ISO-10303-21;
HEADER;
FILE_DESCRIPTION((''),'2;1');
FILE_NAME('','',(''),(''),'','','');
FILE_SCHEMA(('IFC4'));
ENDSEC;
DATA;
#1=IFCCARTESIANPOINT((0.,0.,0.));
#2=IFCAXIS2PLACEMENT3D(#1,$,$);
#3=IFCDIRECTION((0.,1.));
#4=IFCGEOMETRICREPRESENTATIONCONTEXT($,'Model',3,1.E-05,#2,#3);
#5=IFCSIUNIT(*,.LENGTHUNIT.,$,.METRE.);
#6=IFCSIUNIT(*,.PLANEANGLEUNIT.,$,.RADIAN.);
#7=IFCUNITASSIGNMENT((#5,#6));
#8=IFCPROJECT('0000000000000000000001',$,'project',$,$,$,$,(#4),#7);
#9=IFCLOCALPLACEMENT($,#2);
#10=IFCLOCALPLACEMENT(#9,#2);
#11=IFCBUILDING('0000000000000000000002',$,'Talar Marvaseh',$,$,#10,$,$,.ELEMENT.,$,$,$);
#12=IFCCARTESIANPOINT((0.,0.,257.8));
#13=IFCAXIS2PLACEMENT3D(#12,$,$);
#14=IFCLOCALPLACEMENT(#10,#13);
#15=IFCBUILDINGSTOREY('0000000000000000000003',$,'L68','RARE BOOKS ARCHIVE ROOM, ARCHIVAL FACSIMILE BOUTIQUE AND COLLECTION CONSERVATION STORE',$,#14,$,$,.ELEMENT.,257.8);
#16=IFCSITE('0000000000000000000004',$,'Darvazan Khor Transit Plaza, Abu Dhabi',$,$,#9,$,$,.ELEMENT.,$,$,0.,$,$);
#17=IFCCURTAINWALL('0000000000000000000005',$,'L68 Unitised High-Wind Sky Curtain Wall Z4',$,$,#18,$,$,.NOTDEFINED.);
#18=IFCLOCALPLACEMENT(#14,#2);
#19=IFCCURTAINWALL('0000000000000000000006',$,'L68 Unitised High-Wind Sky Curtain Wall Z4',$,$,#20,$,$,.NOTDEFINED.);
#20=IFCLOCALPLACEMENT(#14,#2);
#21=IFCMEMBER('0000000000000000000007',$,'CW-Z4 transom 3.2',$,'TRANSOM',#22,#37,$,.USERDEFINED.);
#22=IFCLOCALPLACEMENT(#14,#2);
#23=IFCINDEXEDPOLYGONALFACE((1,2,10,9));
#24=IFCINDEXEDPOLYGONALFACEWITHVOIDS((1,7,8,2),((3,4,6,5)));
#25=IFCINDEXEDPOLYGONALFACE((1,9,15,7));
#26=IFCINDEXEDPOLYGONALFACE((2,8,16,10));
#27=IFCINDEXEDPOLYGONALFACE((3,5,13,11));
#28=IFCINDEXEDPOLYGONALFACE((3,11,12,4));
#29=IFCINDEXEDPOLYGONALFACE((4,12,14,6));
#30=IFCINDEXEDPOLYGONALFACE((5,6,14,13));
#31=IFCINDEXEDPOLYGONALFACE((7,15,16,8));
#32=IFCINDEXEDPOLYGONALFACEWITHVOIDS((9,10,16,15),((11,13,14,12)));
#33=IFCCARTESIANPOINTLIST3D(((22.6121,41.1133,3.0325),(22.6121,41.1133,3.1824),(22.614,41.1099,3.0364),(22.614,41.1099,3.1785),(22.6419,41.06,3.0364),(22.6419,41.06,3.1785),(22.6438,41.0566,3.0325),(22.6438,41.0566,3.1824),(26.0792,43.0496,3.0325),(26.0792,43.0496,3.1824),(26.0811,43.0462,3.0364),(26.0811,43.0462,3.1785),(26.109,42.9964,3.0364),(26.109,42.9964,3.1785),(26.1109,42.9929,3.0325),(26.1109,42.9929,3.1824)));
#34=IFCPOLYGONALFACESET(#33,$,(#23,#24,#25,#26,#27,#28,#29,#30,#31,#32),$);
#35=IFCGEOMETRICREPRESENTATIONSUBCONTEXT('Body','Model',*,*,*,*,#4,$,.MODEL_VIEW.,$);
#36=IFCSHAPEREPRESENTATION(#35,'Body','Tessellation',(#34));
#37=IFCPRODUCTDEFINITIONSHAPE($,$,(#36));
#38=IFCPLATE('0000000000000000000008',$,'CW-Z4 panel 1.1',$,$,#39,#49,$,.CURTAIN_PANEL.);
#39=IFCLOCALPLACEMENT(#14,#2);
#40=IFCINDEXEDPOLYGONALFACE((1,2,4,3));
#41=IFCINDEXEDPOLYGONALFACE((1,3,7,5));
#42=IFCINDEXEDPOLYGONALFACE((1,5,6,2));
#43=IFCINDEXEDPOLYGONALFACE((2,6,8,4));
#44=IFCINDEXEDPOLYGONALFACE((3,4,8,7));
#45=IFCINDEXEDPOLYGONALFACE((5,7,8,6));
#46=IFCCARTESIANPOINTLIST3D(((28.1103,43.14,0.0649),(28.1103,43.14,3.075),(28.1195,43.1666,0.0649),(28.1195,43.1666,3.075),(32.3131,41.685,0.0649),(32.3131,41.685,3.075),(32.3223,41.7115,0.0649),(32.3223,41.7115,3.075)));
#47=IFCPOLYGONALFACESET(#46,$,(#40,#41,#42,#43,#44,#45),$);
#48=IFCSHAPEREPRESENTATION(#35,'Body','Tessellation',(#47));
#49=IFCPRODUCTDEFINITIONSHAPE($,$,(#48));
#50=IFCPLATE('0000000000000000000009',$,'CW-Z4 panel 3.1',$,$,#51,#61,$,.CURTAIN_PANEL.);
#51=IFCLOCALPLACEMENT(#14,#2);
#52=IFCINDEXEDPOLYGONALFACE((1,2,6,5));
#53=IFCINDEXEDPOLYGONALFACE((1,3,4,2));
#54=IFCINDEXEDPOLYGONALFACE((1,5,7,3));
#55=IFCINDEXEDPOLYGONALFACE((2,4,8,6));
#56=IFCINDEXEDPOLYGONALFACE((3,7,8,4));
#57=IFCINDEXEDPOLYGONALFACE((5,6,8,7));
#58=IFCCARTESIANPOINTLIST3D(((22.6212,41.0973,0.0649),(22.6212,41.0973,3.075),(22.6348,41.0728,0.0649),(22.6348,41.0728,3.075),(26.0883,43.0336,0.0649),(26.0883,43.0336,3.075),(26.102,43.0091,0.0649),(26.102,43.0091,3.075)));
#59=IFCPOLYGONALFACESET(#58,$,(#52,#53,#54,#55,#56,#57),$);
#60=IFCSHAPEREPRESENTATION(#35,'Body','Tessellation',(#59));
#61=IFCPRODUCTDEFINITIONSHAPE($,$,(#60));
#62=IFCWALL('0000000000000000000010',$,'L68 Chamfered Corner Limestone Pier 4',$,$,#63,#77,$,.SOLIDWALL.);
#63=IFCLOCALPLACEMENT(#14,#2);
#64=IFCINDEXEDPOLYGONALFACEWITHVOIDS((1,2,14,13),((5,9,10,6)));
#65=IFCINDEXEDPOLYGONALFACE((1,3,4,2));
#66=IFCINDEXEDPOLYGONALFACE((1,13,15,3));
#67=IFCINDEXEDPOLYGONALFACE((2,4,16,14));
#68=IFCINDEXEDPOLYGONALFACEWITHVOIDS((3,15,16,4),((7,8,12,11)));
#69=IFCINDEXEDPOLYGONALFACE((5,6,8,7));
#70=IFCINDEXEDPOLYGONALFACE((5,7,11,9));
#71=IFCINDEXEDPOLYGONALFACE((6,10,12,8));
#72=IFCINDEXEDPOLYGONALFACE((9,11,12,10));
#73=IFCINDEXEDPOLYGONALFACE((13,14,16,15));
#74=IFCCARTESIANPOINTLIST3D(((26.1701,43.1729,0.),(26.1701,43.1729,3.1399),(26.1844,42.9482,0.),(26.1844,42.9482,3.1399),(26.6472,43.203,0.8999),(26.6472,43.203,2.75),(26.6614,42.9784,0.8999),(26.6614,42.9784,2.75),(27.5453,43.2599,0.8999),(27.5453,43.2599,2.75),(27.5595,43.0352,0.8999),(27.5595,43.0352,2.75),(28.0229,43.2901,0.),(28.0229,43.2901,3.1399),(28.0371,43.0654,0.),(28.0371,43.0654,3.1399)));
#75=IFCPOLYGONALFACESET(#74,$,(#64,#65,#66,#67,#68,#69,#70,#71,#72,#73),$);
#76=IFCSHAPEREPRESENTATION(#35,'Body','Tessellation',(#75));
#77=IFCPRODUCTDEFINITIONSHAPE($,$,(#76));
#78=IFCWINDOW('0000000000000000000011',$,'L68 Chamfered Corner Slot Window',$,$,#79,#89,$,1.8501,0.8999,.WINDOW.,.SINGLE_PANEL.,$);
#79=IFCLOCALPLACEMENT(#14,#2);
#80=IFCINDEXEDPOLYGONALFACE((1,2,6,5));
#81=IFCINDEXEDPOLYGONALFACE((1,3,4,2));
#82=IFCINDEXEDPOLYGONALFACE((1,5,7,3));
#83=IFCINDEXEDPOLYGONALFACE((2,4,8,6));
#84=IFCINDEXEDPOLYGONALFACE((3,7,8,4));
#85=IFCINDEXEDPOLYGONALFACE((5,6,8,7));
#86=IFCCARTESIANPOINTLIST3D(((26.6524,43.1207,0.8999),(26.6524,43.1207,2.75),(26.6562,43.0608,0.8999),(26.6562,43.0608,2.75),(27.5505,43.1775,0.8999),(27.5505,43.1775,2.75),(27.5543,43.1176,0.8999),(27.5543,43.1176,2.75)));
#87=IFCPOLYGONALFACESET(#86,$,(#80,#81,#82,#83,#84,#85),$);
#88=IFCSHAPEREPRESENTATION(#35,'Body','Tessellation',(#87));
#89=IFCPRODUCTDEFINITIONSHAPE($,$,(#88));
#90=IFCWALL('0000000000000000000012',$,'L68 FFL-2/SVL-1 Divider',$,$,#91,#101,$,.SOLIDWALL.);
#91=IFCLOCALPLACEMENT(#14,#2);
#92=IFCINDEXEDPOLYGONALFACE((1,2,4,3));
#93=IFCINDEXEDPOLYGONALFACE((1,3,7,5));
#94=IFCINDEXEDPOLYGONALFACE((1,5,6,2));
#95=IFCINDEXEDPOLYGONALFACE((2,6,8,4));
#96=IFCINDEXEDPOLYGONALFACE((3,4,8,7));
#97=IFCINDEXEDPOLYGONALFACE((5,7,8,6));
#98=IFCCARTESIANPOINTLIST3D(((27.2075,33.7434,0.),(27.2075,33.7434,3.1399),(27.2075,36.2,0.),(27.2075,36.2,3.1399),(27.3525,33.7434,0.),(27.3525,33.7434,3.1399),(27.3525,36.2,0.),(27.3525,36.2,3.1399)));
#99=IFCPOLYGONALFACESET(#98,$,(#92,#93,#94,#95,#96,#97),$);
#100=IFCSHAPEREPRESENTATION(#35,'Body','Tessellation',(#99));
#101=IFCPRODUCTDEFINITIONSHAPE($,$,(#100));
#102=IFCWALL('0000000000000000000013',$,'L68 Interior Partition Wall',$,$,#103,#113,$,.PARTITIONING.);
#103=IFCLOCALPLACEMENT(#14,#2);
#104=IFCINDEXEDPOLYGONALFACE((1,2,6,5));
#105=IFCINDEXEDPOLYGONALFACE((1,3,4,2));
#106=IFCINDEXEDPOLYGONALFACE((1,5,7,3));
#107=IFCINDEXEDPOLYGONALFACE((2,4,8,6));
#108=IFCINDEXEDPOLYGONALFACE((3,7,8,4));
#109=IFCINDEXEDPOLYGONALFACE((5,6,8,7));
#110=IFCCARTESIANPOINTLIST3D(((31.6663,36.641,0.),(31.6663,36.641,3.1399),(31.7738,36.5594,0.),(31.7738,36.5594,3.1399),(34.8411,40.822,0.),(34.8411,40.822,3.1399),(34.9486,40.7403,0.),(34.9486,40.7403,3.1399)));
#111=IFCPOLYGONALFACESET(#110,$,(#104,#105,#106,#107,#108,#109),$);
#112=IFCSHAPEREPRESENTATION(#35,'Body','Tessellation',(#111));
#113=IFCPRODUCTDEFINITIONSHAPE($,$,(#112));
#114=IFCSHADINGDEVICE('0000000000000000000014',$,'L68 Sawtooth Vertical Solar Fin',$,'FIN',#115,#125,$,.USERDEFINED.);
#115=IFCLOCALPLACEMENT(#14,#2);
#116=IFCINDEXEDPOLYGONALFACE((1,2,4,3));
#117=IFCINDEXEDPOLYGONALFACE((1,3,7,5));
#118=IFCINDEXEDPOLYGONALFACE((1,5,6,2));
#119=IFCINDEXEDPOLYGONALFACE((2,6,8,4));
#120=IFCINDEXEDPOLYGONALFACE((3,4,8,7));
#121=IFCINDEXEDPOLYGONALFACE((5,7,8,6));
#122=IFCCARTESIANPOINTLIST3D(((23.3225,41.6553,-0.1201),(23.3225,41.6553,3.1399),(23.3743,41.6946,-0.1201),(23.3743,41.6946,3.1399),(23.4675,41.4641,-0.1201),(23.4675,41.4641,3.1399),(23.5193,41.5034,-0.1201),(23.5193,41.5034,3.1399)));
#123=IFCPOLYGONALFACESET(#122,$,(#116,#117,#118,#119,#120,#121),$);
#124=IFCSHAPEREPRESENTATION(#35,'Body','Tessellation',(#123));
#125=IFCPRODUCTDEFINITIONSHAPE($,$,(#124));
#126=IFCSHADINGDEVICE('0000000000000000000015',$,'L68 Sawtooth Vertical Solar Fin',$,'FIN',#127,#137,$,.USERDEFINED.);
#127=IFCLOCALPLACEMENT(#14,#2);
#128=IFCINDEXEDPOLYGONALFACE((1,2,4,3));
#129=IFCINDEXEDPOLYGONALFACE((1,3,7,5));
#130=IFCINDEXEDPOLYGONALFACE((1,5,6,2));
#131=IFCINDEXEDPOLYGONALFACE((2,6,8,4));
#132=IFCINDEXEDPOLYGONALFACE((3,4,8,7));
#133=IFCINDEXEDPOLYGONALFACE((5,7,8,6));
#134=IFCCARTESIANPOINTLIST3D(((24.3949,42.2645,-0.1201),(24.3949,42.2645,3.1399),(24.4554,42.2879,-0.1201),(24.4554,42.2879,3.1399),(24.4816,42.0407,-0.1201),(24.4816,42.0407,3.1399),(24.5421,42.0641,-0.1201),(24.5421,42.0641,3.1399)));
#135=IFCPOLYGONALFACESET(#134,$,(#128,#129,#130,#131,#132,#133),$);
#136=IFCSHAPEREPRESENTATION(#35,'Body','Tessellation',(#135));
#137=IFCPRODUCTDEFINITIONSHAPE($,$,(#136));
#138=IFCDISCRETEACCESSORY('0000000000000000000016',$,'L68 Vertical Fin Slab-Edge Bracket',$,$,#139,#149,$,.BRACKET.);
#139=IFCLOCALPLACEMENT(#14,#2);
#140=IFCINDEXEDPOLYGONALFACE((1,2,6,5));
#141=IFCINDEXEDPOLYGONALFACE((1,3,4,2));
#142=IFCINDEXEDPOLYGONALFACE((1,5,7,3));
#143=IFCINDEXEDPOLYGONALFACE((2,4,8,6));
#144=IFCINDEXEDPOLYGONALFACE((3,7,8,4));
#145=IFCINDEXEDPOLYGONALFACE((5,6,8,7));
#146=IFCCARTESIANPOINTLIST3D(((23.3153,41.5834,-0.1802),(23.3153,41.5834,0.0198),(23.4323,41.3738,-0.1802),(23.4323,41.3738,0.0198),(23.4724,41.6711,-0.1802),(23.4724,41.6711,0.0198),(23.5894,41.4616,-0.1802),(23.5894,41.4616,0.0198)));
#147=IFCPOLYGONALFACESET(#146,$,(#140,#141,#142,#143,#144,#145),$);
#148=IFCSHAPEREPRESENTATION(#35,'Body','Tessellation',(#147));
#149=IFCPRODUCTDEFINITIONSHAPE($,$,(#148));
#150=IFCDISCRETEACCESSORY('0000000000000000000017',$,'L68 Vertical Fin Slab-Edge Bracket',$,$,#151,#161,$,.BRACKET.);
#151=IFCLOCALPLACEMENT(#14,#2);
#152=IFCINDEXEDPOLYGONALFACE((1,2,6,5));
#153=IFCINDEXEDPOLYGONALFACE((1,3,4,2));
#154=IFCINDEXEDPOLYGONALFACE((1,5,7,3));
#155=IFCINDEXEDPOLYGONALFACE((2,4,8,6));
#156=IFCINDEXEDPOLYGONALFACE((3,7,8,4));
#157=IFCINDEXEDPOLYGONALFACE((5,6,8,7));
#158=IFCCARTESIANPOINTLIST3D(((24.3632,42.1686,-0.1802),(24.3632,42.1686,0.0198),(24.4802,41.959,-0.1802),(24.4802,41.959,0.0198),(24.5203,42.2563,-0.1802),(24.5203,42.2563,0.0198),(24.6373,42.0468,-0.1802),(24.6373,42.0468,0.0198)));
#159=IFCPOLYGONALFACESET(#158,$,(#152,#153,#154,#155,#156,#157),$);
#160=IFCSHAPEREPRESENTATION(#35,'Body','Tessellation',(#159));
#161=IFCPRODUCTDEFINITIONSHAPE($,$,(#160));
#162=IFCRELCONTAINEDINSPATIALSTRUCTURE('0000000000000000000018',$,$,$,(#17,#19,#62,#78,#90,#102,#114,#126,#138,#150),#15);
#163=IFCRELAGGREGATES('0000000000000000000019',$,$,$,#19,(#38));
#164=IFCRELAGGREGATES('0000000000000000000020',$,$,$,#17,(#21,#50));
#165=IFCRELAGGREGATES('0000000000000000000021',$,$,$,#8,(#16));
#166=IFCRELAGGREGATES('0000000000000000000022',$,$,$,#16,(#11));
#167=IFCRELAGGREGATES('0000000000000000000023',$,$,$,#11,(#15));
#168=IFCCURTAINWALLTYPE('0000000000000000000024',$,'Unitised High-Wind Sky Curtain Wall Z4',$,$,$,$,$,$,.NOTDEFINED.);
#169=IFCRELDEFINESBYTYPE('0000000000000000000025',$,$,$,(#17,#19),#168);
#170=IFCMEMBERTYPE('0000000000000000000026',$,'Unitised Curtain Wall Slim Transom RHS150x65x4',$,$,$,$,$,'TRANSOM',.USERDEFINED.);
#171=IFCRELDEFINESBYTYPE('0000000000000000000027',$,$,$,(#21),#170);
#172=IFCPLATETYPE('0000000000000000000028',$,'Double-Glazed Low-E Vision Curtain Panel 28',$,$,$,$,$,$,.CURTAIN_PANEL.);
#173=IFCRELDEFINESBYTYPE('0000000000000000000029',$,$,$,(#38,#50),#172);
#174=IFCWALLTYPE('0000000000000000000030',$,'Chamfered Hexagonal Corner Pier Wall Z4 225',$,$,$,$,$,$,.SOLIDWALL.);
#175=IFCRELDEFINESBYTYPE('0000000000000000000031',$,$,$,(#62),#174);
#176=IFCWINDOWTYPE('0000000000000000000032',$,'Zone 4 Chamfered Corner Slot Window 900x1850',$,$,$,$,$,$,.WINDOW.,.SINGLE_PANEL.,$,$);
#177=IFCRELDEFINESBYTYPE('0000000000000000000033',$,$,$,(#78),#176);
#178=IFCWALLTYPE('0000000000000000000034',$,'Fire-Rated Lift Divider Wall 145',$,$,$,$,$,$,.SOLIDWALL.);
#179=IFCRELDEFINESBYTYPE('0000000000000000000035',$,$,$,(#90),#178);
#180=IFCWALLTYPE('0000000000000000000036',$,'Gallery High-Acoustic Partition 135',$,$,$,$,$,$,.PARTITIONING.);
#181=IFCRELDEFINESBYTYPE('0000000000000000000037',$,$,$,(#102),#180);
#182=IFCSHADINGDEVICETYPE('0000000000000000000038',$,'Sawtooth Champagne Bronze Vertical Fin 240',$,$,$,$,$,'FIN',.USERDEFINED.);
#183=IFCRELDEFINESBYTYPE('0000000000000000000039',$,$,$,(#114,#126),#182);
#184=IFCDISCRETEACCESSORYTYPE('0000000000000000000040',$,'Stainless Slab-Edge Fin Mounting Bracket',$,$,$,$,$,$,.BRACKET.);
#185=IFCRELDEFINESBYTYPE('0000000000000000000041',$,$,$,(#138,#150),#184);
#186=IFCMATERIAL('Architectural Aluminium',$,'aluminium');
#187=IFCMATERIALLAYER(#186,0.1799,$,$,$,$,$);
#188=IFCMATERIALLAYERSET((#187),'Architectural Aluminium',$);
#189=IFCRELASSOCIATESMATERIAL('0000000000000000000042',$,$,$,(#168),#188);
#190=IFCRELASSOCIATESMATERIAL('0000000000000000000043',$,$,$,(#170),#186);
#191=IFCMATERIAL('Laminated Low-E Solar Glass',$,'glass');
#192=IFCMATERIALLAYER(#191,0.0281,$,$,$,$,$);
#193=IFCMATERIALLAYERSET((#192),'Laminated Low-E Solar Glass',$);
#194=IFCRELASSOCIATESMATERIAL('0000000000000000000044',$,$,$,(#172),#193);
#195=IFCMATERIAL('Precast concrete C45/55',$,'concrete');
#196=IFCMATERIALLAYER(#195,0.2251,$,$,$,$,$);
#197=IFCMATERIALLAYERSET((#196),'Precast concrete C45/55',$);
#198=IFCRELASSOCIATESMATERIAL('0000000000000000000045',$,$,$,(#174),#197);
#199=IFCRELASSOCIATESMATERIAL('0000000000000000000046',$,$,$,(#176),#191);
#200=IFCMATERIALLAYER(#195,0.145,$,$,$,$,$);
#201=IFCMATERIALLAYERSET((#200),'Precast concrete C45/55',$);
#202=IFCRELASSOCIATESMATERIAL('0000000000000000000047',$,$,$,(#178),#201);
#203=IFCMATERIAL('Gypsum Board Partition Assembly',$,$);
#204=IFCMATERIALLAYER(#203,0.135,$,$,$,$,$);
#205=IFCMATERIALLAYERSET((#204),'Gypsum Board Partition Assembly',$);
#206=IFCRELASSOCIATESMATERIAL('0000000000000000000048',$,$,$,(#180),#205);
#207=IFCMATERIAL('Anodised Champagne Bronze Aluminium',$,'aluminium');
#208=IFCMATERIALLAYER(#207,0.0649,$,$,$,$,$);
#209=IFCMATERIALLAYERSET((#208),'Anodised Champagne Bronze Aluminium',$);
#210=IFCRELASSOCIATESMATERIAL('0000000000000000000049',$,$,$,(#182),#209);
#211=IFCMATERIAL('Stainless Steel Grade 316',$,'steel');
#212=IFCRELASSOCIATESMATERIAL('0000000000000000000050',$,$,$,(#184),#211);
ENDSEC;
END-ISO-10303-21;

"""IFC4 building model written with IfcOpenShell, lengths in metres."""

from ifc_helpers import new_model, si_unit, direction, frame, frame_2d, origin, origin_2d, place, context, subcontext, project, spatial, rectangle, hollow_rectangle, extrude, source, transform, mapped, material, layer, layer_set, material_profile, profile_set, type_object, type_shapes, element, fill, aggregate, save


model = new_model("IFC4")

# Units and contexts
model_context = context("Model", 3, precision=1e-05, world=origin(), true_north=direction((0.0, 1.0)))
body_context = subcontext(model_context, "Body", "Model", "MODEL_VIEW")
ifc_project = project(units=[si_unit("LENGTHUNIT", "METRE"), si_unit("PLANEANGLEUNIT", "RADIAN")], contexts=[model_context])

# Site, building, storey
site_placement = place(None, origin())
site = spatial("IfcSite", under=ifc_project, at=site_placement, Name="Darvazan Khor Transit Plaza, Abu Dhabi", CompositionType="ELEMENT", RefElevation=0.0)
building_placement = place(site_placement, origin())
building = spatial("IfcBuilding", under=site, at=building_placement, Name="Talar Marvaseh", CompositionType="ELEMENT")
storey_placement = place(building_placement, frame((0.0, 0.0, 257.8)))
storey = spatial("IfcBuildingStorey", under=building, at=storey_placement, Name="L68", Description="RARE BOOKS ARCHIVE ROOM, ARCHIVAL FACSIMILE BOUTIQUE AND COLLECTION CONSERVATION STORE", CompositionType="ELEMENT", Elevation=257.8)

# Curtain wall
ifc_material_1 = material(Name="Architectural Aluminium", Category="aluminium")
ifc_layer_1 = layer(ifc_material_1, 0.1799)
ifc_layer_set_1 = layer_set([ifc_layer_1], Name="Architectural Aluminium")
curtain_wall_type = type_object("IfcCurtainWallType", Name="Unitised High-Wind Sky Curtain Wall Z4", PredefinedType="NOTDEFINED", material=ifc_layer_set_1)
curtain_wall_1_placement = place(storey_placement, origin())
curtain_wall_1 = element("IfcCurtainWall", 1, at=curtain_wall_1_placement, inside=storey, type_object=curtain_wall_type, Name="L68 Unitised High-Wind Sky Curtain Wall Z4", PredefinedType="NOTDEFINED")

# Curtain wall
curtain_wall_2_placement = place(storey_placement, origin())
curtain_wall_2 = element("IfcCurtainWall", 2, at=curtain_wall_2_placement, inside=storey, type_object=curtain_wall_type, Name="L68 Unitised High-Wind Sky Curtain Wall Z4", PredefinedType="NOTDEFINED")
ifc_material_profile_1 = material_profile(ifc_material_1, hollow_rectangle(XDim=0.0649, YDim=0.1499, WallThickness=0.0039, at=origin_2d()), Name="RHS150x65x4")
ifc_profile_set_1 = profile_set([ifc_material_profile_1], Name="Architectural Aluminium")
member_type_1 = type_object("IfcMemberType", Name="Unitised Curtain Wall Slim Transom RHS150x65x4", ElementType="TRANSOM", PredefinedType="USERDEFINED", material=ifc_profile_set_1)

# Member
shared_shape_1 = source(origin(), body_context, "Body", "SweptSolid", [
    extrude(hollow_rectangle(XDim=0.0649, YDim=0.1499, WallThickness=0.0039, at=origin_2d()), origin(), (0.0, 0.0, 1.0), 3.9712),
])
member_1_placement = place(storey_placement, frame((22.6279, 41.085, 3.1074), z_axis=(0.873071, 0.487594, 0.0), x_axis=(-0.487594, 0.873071, 0.0)))
member_1 = element("IfcMember", 3, at=member_1_placement, type_object=member_type_1, Name="CW-Z4 transom 3.2", ObjectType="TRANSOM", PredefinedType="USERDEFINED", context=body_context, shape_type="MappedRepresentation", body=[
    mapped(shared_shape_1, transform((0.0, 0.0, 0.0), x_axis=(1.0, 0.0, 0.0), y_axis=(0.0, 1.0, 0.0), z_axis=(0.0, 0.0, 1.0), scale=1.0)),
])

# Plates
ifc_material_2 = material(Name="Laminated Low-E Solar Glass", Category="glass")
ifc_layer_2 = layer(ifc_material_2, 0.0281)
ifc_layer_set_2 = layer_set([ifc_layer_2], Name="Laminated Low-E Solar Glass")
plate_type = type_object("IfcPlateType", Name="Double-Glazed Low-E Vision Curtain Panel 28", PredefinedType="CURTAIN_PANEL", material=ifc_layer_set_2)
shared_shape_2 = source(origin(), body_context, "Body", "SweptSolid", [
    extrude(rectangle(XDim=4.4475, YDim=0.0281, at=origin_2d()), origin(), (0.0, 0.0, 1.0), 3.01),
])
plate_1_placement = place(storey_placement, frame((30.2163, 42.4258, 0.0649), z_axis=(0.0, 0.0, 1.0), x_axis=(0.944972, -0.327151, 0.0)))
plate_1 = element("IfcPlate", 4, at=plate_1_placement, type_object=plate_type, Name="CW-Z4 panel 1.1", PredefinedType="CURTAIN_PANEL", context=body_context, shape_type="MappedRepresentation", body=[
    mapped(shared_shape_2, transform((0.0, 0.0, 0.0), x_axis=(1.0, 0.0, 0.0), y_axis=(0.0, 1.0, 0.0), z_axis=(0.0, 0.0, 1.0), scale=1.0)),
])
aggregate(curtain_wall_2, [plate_1])
shared_shape_3 = source(origin(), body_context, "Body", "SweptSolid", [
    extrude(rectangle(XDim=3.9712, YDim=0.0281, at=origin_2d()), origin(), (0.0, 0.0, 1.0), 3.01),
])
type_shapes(plate_type, [shared_shape_2, shared_shape_3])
plate_2_placement = place(storey_placement, frame((24.3616, 42.0532, 0.0649), z_axis=(0.0, 0.0, 1.0), x_axis=(0.873073, 0.487589, 0.0)))
plate_2 = element("IfcPlate", 5, at=plate_2_placement, type_object=plate_type, Name="CW-Z4 panel 3.1", PredefinedType="CURTAIN_PANEL", context=body_context, shape_type="MappedRepresentation", body=[
    mapped(shared_shape_3, transform((0.0, 0.0, 0.0), x_axis=(1.0, 0.0, 0.0), y_axis=(0.0, 1.0, 0.0), z_axis=(0.0, 0.0, 1.0), scale=1.0)),
])
aggregate(curtain_wall_1, [member_1, plate_2])

# Wall, opening, window
ifc_material_3 = material(Name="Precast concrete C45/55", Category="concrete")
ifc_layer_3 = layer(ifc_material_3, 0.2251)
ifc_layer_set_3 = layer_set([ifc_layer_3], Name="Precast concrete C45/55")
wall_type_1 = type_object("IfcWallType", Name="Chamfered Hexagonal Corner Pier Wall Z4 225", PredefinedType="SOLIDWALL", material=ifc_layer_set_3)
wall_1_placement = place(storey_placement, frame((26.1772, 43.0605, 0.0), z_axis=(0.0, 0.0, 1.0), x_axis=(0.998006, 0.063123, 0.0)))
wall_1 = element("IfcWall", 6, at=wall_1_placement, inside=storey, type_object=wall_type_1, Name="L68 Chamfered Corner Limestone Pier 4", PredefinedType="SOLIDWALL", context=body_context, shape_type="SweptSolid", body=[
    extrude(rectangle(XDim=1.8564, YDim=0.2251, at=frame_2d((0.9282, 0.0))), origin(), (0.0, 0.0, 1.0), 3.1399),
])
opening_placement = place(wall_1_placement, frame((0.478, 0.0, 0.8999)))
opening = element("IfcOpeningElement", 7, at=opening_placement, cuts=wall_1, PredefinedType="OPENING", context=body_context, shape_type="SweptSolid", body=[
    extrude(rectangle(XDim=0.8999, YDim=1.8501, at=frame_2d((0.45, 0.925))), frame((0.0, 0.1226, 0.0), z_axis=(0.0, -1.0, 0.0), x_axis=(1.0, 0.0, 0.0)), (0.0, 0.0, 1.0), 0.2451),
])
window_type = type_object("IfcWindowType", Name="Zone 4 Chamfered Corner Slot Window 900x1850", PartitioningType="SINGLE_PANEL", PredefinedType="WINDOW", material=ifc_material_2)
shared_shape_4 = source(origin(), body_context, "Body", "SweptSolid", [
    extrude(rectangle(XDim=0.8999, YDim=1.8501, at=frame_2d((0.45, 0.925))), frame((0.0, 0.03, 0.0), z_axis=(0.0, -1.0, 0.0), x_axis=(1.0, 0.0, 0.0)), (0.0, 0.0, 1.0), 0.0601),
])
type_shapes(window_type, [shared_shape_4])
window_placement = place(opening_placement, origin())
window = element("IfcWindow", 8, at=window_placement, inside=storey, type_object=window_type, Name="L68 Chamfered Corner Slot Window", OverallHeight=1.8501, OverallWidth=0.8999, PartitioningType="SINGLE_PANEL", PredefinedType="WINDOW", context=body_context, shape_type="MappedRepresentation", body=[
    mapped(shared_shape_4, transform((0.0, 0.0, 0.0), x_axis=(1.0, 0.0, 0.0), y_axis=(0.0, 1.0, 0.0), z_axis=(0.0, 0.0, 1.0), scale=1.0)),
])
fill(opening, window)

# Walls
ifc_layer_4 = layer(ifc_material_3, 0.145)
ifc_layer_set_4 = layer_set([ifc_layer_4], Name="Precast concrete C45/55")
wall_type_2 = type_object("IfcWallType", Name="Fire-Rated Lift Divider Wall 145", PredefinedType="SOLIDWALL", material=ifc_layer_set_4)
wall_2_placement = place(storey_placement, frame((27.28, 33.7434, 0.0), z_axis=(0.0, 0.0, 1.0), x_axis=(0.0, 1.0, 0.0)))
element("IfcWall", 9, at=wall_2_placement, inside=storey, type_object=wall_type_2, Name="L68 FFL-2/SVL-1 Divider", PredefinedType="SOLIDWALL", context=body_context, shape_type="SweptSolid", body=[
    extrude(rectangle(XDim=2.4565, YDim=0.145, at=frame_2d((1.2283, 0.0))), origin(), (0.0, 0.0, 1.0), 3.1399),
])
ifc_material_4 = material(Name="Gypsum Board Partition Assembly")
ifc_layer_5 = layer(ifc_material_4, 0.135)
ifc_layer_set_5 = layer_set([ifc_layer_5], Name="Gypsum Board Partition Assembly")
wall_type_3 = type_object("IfcWallType", Name="Gallery High-Acoustic Partition 135", PredefinedType="PARTITIONING", material=ifc_layer_set_5)
wall_3_placement = place(storey_placement, frame((31.72, 36.6001, 0.0), z_axis=(0.0, 0.0, 1.0), x_axis=(0.604759, 0.796409, 0.0)))
element("IfcWall", 10, at=wall_3_placement, inside=storey, type_object=wall_type_3, Name="L68 Interior Partition Wall", PredefinedType="PARTITIONING", context=body_context, shape_type="SweptSolid", body=[
    extrude(rectangle(XDim=5.2498, YDim=0.135, at=frame_2d((2.625, 0.0))), origin(), (0.0, 0.0, 1.0), 3.1399),
])

# Shading devices
ifc_material_5 = material(Name="Anodised Champagne Bronze Aluminium", Category="aluminium")
ifc_layer_6 = layer(ifc_material_5, 0.0649)
ifc_layer_set_6 = layer_set([ifc_layer_6], Name="Anodised Champagne Bronze Aluminium")
shading_device_type = type_object("IfcShadingDeviceType", Name="Sawtooth Champagne Bronze Vertical Fin 240", ElementType="FIN", PredefinedType="USERDEFINED", material=ifc_layer_set_6)
shared_shape_5 = source(origin(), body_context, "Body", "SweptSolid", [
    extrude(rectangle(XDim=0.24, YDim=0.0649, at=origin_2d()), origin(), (0.0, 0.0, 1.0), 3.26),
])
type_shapes(shading_device_type, [shared_shape_5])
for number, where, z_axis, x_axis, name in (
    (11, (23.4209, 41.5793, -0.1201), (0.0, 0.0, 1.0), (-0.604321, 0.796741, 0.0), "L68 Sawtooth Vertical Solar Fin"),
    (12, (24.4685, 42.1643, -0.1201), (0.0, 0.0, 1.0), (-0.361299, 0.93245, 0.0), "L68 Sawtooth Vertical Solar Fin"),
):
    element("IfcShadingDevice", number, at=place(storey_placement, frame(where, z_axis=z_axis, x_axis=x_axis)), inside=storey, type_object=shading_device_type, Name=name, ObjectType="FIN", PredefinedType="USERDEFINED", context=body_context, shape_type="MappedRepresentation", body=[
        mapped(shared_shape_5, transform((0.0, 0.0, 0.0), x_axis=(1.0, 0.0, 0.0), y_axis=(0.0, 1.0, 0.0), z_axis=(0.0, 0.0, 1.0), scale=1.0)),
    ])

# Discrete accessories
ifc_material_6 = material(Name="Stainless Steel Grade 316", Category="steel")
discrete_accessory_type = type_object("IfcDiscreteAccessoryType", Name="Stainless Slab-Edge Fin Mounting Bracket", PredefinedType="BRACKET", material=ifc_material_6)
shared_shape_6 = source(origin(), body_context, "Body", "SweptSolid", [
    extrude(rectangle(XDim=0.24, YDim=0.1799, at=origin_2d()), origin(), (0.0, 0.0, 1.0), 0.2),
])
type_shapes(discrete_accessory_type, [shared_shape_6])
for number, where, z_axis, x_axis, name in (
    (13, (23.4524, 41.5225, -0.1802), (0.0, 0.0, 1.0), (-0.487555, 0.873092, 0.0), "L68 Vertical Fin Slab-Edge Bracket"),
    (14, (24.5002, 42.1077, -0.1802), (0.0, 0.0, 1.0), (-0.487555, 0.873092, 0.0), "L68 Vertical Fin Slab-Edge Bracket"),
):
    element("IfcDiscreteAccessory", number, at=place(storey_placement, frame(where, z_axis=z_axis, x_axis=x_axis)), inside=storey, type_object=discrete_accessory_type, Name=name, PredefinedType="BRACKET", context=body_context, shape_type="MappedRepresentation", body=[
        mapped(shared_shape_6, transform((0.0, 0.0, 0.0), x_axis=(1.0, 0.0, 0.0), y_axis=(0.0, 1.0, 0.0), z_axis=(0.0, 0.0, 1.0), scale=1.0)),
    ])

save(model, "model.ifc")
